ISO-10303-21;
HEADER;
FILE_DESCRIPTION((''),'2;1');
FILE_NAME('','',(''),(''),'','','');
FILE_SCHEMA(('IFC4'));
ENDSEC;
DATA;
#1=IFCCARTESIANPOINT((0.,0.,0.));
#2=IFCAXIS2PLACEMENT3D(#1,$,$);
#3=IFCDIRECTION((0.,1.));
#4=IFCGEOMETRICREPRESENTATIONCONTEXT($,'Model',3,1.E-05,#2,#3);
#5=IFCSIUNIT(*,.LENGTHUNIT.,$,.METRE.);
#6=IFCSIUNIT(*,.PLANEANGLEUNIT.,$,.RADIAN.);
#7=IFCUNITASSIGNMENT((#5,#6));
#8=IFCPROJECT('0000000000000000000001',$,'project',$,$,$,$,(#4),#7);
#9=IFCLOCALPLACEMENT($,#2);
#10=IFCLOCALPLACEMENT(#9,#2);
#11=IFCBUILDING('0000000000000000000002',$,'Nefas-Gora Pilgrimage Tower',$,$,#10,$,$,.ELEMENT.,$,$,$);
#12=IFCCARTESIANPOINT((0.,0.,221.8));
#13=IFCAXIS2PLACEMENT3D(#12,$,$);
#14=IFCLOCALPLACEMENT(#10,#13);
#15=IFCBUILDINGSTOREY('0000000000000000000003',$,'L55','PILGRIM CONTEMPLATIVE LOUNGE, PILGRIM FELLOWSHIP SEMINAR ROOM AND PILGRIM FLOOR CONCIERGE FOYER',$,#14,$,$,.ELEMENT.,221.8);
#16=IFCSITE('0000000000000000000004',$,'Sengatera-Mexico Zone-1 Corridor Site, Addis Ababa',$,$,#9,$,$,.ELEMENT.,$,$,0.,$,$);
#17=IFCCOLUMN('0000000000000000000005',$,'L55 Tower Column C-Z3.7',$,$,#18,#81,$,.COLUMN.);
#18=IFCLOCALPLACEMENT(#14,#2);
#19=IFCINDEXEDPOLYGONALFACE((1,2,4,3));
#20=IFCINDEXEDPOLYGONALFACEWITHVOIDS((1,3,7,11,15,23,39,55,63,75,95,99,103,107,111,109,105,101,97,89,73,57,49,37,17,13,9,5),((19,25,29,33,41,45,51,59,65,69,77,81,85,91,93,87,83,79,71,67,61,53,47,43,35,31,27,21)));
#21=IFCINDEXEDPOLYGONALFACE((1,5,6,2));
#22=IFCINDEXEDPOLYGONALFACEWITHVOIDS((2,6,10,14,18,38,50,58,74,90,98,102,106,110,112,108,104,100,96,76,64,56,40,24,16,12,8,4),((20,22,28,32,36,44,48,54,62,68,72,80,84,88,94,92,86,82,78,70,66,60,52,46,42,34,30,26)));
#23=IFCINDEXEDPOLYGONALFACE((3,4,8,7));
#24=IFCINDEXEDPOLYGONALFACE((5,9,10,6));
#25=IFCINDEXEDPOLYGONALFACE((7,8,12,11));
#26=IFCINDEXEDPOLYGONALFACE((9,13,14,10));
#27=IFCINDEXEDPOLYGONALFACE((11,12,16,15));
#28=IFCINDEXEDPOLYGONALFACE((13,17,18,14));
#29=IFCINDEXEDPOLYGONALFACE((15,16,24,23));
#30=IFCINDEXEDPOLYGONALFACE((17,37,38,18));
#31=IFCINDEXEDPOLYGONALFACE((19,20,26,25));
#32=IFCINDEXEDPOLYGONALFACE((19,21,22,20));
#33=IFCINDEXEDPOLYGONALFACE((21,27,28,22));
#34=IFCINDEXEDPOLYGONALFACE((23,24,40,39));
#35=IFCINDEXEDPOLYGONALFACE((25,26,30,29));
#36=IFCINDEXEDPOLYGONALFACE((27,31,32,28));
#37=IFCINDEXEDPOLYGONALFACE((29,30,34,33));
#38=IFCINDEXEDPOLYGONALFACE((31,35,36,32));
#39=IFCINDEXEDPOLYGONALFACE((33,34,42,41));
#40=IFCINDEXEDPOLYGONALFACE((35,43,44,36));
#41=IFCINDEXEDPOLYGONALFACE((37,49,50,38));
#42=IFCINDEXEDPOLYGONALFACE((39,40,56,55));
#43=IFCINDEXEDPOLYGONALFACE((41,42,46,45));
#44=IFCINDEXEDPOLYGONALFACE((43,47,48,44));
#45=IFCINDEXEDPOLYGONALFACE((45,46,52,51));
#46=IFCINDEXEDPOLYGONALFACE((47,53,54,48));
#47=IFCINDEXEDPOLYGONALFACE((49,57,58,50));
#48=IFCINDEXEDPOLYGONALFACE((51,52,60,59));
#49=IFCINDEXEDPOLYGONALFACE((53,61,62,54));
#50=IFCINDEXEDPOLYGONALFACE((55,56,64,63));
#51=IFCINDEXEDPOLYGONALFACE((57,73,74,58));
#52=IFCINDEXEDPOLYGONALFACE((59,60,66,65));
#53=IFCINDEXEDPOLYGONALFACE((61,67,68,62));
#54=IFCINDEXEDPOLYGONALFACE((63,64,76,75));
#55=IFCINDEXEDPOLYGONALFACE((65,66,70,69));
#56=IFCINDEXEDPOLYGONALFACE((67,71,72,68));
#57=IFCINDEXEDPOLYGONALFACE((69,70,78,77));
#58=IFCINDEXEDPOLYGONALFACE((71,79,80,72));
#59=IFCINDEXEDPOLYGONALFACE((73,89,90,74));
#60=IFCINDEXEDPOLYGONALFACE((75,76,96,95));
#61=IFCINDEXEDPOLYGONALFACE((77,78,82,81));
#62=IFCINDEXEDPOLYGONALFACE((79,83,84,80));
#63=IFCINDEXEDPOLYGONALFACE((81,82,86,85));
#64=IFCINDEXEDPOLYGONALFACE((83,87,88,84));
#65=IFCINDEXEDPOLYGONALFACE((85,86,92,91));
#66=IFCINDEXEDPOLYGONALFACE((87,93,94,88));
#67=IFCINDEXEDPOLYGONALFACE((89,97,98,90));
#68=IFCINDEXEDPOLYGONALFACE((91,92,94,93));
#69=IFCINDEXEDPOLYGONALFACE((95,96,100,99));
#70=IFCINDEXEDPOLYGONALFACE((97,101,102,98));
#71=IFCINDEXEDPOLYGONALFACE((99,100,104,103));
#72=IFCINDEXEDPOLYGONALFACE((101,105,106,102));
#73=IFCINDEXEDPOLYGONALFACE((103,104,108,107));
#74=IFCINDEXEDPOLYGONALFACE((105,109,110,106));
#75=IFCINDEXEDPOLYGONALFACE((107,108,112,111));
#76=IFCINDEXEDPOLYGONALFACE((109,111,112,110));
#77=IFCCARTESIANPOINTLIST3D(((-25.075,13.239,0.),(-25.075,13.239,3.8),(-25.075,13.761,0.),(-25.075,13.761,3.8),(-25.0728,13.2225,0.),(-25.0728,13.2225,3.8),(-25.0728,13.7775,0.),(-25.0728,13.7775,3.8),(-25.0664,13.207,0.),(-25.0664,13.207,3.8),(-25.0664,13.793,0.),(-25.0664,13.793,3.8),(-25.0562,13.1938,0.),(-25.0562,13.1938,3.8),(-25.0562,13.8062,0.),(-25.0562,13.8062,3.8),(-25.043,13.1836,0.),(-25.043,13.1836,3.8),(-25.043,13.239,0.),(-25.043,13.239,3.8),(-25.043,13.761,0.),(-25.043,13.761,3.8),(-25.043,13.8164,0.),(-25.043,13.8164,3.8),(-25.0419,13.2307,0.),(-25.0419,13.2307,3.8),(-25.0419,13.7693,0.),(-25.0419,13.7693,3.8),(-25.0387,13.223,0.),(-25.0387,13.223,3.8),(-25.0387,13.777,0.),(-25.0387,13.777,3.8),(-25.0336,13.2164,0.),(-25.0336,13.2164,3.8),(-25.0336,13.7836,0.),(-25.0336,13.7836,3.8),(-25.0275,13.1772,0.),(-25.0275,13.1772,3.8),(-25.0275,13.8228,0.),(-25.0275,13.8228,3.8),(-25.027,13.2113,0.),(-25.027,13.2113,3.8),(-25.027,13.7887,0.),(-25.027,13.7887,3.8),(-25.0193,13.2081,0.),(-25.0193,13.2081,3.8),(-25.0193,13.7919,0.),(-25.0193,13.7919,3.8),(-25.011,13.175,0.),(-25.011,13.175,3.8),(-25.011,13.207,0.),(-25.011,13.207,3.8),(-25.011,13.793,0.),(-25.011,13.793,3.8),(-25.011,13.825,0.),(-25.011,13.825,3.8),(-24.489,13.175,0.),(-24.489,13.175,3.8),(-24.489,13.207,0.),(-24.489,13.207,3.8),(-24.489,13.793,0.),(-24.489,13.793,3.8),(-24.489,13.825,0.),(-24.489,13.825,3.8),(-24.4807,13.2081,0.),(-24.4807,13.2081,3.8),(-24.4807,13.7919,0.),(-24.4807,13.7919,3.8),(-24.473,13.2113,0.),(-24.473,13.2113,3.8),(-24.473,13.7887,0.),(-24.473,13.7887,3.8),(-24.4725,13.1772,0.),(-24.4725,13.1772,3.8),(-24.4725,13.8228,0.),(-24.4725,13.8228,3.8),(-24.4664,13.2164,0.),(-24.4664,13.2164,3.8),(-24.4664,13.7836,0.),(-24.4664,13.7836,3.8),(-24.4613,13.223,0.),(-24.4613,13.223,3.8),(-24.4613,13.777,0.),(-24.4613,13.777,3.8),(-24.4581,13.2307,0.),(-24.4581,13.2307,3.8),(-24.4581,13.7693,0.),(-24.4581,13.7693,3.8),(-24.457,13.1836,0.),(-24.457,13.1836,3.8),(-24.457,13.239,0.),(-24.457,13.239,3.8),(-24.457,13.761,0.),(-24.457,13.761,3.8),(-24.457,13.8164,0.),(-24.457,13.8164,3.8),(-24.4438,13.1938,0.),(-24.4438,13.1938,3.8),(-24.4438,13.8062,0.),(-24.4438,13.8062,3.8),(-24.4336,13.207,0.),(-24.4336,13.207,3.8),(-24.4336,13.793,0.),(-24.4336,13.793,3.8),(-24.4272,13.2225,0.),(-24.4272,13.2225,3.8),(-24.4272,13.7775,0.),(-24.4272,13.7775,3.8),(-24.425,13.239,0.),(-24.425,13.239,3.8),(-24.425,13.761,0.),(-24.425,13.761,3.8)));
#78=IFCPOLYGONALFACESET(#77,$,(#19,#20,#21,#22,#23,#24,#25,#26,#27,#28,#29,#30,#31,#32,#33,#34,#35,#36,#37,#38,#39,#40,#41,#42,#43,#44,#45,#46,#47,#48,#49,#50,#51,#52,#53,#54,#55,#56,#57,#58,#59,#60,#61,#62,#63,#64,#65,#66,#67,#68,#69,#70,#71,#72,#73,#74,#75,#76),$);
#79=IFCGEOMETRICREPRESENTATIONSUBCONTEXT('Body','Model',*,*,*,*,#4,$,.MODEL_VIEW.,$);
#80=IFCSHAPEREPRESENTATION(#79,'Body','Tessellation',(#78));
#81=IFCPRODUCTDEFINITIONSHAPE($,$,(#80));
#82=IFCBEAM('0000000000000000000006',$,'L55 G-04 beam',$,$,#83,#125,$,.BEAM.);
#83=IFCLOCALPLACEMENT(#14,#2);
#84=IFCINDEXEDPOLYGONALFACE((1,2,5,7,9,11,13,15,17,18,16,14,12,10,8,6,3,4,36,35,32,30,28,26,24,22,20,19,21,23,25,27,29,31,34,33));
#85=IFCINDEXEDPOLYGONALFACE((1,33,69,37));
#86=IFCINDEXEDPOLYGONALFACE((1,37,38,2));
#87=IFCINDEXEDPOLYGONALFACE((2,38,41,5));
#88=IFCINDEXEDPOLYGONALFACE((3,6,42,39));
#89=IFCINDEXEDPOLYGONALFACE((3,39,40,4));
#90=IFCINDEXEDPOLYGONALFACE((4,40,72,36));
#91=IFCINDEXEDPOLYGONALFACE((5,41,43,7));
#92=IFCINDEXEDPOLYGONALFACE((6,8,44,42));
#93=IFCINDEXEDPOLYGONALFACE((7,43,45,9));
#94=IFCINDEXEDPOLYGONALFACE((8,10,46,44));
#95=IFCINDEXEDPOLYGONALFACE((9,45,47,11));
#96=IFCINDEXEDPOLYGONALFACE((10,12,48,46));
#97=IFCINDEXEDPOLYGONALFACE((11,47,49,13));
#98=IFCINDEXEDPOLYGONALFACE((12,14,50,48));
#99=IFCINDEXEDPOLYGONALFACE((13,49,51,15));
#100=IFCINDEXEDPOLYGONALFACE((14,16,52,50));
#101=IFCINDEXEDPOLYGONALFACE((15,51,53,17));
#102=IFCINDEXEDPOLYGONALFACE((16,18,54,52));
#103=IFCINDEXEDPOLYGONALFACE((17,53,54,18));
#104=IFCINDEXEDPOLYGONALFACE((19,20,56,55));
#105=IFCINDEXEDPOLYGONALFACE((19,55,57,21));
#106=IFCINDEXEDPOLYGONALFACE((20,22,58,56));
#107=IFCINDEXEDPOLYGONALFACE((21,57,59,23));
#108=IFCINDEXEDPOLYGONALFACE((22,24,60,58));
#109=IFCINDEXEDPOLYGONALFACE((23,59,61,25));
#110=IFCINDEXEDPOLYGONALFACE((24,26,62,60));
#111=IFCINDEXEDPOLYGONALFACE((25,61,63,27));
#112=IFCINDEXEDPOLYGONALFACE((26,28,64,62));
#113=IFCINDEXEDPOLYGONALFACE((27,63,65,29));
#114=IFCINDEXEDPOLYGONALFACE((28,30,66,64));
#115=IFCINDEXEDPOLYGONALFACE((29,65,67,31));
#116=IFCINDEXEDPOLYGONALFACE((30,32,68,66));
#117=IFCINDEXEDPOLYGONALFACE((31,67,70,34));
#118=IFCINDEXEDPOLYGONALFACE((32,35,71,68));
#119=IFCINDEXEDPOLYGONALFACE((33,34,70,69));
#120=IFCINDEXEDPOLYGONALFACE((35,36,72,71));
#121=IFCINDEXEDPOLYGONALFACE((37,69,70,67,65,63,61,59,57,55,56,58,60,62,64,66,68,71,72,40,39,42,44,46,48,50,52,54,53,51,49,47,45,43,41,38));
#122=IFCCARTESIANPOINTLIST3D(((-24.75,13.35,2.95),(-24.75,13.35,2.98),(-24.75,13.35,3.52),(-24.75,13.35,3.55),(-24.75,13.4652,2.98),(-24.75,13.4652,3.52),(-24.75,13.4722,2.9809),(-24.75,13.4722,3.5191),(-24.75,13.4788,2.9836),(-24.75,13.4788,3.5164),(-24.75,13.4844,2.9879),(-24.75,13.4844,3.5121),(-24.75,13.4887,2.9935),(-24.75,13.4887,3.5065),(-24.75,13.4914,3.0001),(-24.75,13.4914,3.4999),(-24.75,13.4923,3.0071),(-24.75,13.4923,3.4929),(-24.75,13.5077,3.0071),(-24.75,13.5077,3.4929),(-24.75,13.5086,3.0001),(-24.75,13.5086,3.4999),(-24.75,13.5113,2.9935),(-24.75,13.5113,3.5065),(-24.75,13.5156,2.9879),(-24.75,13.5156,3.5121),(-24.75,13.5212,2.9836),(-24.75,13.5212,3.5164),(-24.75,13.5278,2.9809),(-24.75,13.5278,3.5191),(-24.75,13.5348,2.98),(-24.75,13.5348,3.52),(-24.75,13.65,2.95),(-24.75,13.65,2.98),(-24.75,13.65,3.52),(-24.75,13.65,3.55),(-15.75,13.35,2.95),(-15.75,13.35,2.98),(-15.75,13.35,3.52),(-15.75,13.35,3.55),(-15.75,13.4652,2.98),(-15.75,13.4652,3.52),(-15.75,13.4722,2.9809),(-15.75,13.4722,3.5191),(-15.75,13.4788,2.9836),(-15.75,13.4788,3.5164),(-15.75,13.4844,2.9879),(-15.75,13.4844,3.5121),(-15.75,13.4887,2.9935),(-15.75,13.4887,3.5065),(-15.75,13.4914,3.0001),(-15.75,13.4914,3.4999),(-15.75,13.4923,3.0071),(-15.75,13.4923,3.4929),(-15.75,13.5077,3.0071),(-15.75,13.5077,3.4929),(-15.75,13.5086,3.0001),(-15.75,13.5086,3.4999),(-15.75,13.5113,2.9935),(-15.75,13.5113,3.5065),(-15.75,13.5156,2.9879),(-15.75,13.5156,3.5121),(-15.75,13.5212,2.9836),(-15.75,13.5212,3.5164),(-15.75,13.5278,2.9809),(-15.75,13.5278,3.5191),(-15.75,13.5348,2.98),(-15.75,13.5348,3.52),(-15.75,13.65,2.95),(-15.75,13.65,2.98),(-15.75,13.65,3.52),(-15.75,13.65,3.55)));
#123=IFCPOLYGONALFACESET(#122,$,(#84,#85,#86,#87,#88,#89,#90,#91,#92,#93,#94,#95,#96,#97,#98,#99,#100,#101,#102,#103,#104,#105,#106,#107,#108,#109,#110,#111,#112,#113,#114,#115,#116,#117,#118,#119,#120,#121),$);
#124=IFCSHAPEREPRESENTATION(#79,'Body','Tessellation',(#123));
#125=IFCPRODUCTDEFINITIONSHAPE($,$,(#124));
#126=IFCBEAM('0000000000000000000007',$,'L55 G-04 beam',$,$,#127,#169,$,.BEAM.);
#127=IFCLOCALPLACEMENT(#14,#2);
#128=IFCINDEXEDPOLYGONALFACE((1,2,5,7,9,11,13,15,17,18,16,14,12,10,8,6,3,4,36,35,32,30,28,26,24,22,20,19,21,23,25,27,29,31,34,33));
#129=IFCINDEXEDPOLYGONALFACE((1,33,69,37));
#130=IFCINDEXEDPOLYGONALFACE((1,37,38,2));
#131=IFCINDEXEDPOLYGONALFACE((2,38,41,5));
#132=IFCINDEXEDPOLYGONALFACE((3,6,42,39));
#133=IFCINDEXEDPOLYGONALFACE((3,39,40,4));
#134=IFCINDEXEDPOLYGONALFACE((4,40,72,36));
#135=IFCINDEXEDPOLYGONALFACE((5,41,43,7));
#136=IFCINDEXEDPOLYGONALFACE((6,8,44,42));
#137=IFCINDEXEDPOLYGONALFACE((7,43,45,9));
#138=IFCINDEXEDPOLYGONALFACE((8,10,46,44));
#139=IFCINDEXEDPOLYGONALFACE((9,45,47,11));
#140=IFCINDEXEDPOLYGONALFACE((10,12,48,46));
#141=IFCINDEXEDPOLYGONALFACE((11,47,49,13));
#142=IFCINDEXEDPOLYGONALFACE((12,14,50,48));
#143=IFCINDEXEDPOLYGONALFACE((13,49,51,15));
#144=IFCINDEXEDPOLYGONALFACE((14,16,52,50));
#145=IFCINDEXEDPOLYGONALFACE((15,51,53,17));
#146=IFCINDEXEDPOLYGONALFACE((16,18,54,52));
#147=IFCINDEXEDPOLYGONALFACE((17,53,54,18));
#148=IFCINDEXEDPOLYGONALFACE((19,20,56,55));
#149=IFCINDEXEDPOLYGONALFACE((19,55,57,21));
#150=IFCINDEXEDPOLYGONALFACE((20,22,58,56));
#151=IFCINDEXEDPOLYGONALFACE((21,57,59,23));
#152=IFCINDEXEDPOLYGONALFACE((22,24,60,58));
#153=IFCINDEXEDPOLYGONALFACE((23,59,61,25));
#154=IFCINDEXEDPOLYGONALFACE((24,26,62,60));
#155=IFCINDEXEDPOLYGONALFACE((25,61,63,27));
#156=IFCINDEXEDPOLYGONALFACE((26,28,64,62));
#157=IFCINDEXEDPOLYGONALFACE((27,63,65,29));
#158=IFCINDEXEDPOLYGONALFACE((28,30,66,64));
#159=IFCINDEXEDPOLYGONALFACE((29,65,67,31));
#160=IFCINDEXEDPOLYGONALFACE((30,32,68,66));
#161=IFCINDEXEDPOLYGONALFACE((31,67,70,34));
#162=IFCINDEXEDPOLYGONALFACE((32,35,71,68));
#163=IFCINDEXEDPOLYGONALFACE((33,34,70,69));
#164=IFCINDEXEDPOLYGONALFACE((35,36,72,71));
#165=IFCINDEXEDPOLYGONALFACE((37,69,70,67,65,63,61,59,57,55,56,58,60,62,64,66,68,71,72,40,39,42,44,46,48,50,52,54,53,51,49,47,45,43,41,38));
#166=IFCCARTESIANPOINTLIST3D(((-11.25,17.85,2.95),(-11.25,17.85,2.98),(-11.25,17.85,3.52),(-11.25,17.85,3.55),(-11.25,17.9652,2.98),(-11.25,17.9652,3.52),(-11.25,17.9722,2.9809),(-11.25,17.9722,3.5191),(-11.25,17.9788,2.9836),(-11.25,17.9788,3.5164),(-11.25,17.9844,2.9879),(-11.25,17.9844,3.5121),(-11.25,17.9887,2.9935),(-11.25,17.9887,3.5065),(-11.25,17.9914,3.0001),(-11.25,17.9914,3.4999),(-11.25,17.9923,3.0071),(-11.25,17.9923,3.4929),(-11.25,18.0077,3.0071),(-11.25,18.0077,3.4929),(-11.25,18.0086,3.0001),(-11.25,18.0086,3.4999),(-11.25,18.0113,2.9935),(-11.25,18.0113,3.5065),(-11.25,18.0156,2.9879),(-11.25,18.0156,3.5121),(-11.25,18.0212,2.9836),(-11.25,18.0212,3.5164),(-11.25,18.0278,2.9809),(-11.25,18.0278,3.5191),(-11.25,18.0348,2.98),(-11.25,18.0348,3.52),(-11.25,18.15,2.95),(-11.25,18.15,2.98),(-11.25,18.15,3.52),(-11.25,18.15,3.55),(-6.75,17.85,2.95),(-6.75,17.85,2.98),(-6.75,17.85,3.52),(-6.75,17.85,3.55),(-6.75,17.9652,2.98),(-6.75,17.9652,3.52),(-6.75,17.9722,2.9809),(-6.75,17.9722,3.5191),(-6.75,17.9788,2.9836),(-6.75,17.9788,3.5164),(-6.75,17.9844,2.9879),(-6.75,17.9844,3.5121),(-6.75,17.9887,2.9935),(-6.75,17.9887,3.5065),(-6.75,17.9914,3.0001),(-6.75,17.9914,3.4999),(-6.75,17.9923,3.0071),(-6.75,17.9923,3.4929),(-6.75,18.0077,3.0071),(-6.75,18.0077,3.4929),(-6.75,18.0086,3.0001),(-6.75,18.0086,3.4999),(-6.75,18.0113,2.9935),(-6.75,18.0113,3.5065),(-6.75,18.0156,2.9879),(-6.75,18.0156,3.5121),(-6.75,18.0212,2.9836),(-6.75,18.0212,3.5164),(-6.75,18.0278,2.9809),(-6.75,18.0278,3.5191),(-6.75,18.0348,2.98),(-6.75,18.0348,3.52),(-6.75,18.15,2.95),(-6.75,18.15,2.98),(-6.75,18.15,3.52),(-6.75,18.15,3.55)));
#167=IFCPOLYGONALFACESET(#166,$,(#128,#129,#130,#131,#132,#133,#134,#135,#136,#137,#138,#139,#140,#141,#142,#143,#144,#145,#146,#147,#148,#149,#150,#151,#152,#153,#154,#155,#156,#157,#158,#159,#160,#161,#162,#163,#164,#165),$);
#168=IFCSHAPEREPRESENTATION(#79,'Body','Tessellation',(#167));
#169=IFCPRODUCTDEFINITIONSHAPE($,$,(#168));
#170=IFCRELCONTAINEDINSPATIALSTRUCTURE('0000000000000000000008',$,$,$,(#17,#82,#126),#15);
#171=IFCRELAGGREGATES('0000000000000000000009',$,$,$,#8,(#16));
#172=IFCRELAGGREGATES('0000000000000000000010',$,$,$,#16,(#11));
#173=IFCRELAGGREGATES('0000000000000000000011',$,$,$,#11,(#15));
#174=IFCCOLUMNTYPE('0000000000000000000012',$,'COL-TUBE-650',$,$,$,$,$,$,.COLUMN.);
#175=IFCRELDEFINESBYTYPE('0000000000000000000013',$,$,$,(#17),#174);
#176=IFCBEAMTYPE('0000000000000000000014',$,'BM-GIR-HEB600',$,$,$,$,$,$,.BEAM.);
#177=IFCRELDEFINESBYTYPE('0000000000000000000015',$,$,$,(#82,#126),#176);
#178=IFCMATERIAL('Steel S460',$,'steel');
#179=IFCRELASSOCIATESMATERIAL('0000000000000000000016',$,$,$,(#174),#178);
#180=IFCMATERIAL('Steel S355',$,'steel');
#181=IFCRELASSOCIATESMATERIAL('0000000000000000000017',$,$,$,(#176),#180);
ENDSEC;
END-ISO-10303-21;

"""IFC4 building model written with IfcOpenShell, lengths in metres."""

from ifc_helpers import new_model, si_unit, direction, frame, origin, origin_2d, place, context, subcontext, project, spatial, hollow_rectangle, i_section, extrude, source, transform, mapped, material, material_profile, profile_set, type_object, element, save


model = new_model("IFC4")

# Units and contexts
model_context = context("Model", 3, precision=1e-05, world=origin(), true_north=direction((0.0, 1.0)))
body_context = subcontext(model_context, "Body", "Model", "MODEL_VIEW")
ifc_project = project(units=[si_unit("LENGTHUNIT", "METRE"), si_unit("PLANEANGLEUNIT", "RADIAN")], contexts=[model_context])

# Site, building, storey
site_placement = place(None, origin())
site = spatial("IfcSite", under=ifc_project, at=site_placement, Name="Sengatera-Mexico Zone-1 Corridor Site, Addis Ababa", CompositionType="ELEMENT", RefElevation=0.0)
building_placement = place(site_placement, origin())
building = spatial("IfcBuilding", under=site, at=building_placement, Name="Nefas-Gora Pilgrimage Tower", CompositionType="ELEMENT")
storey_placement = place(building_placement, frame((0.0, 0.0, 221.8)))
storey = spatial("IfcBuildingStorey", under=building, at=storey_placement, Name="L55", Description="PILGRIM CONTEMPLATIVE LOUNGE, PILGRIM FELLOWSHIP SEMINAR ROOM AND PILGRIM FLOOR CONCIERGE FOYER", CompositionType="ELEMENT", Elevation=221.8)

# Column
ifc_material_1 = material(Name="Steel S460", Category="steel")
ifc_material_profile_1 = material_profile(ifc_material_1, hollow_rectangle(XDim=0.6499, YDim=0.6499, WallThickness=0.032, InnerFilletRadius=0.032, OuterFilletRadius=0.064, at=origin_2d()), Name="BOX 650x650x32")
ifc_profile_set_1 = profile_set([ifc_material_profile_1], Name="Steel S460")
column_type_1 = type_object("IfcColumnType", Name="COL-TUBE-650", PredefinedType="COLUMN", material=ifc_profile_set_1)
shared_shape_1 = source(origin(), body_context, "Body", "SweptSolid", [
    extrude(hollow_rectangle(XDim=0.6499, YDim=0.6499, WallThickness=0.032, InnerFilletRadius=0.032, OuterFilletRadius=0.064, at=origin_2d()), origin(), (0.0, 0.0, 1.0), 3.8),
])
column_placement = place(storey_placement, frame((-24.75, 13.5, 0.0), z_axis=(0.0, 0.0, 1.0), x_axis=(1.0, 0.0, 0.0)))
element("IfcColumn", 1, at=column_placement, inside=storey, type_object=column_type_1, Name="L55 Tower Column C-Z3.7", PredefinedType="COLUMN", context=body_context, shape_type="MappedRepresentation", body=[
    mapped(shared_shape_1, transform((0.0, 0.0, 0.0), x_axis=(1.0, 0.0, 0.0), y_axis=(0.0, 1.0, 0.0), z_axis=(0.0, 0.0, 1.0), scale=1.0)),
])

# Beams
ifc_material_2 = material(Name="Steel S355", Category="steel")
ifc_material_profile_2 = material_profile(ifc_material_2, i_section(OverallWidth=0.3, OverallDepth=0.6001, WebThickness=0.0154, FlangeThickness=0.03, FilletRadius=0.0271, at=origin_2d()), Name="HEB 600")
ifc_profile_set_2 = profile_set([ifc_material_profile_2], Name="Steel S355")
beam_type = type_object("IfcBeamType", Name="BM-GIR-HEB600", PredefinedType="BEAM", material=ifc_profile_set_2)
shared_shape_2 = source(origin(), body_context, "Body", "SweptSolid", [
    extrude(i_section(OverallWidth=0.3, OverallDepth=0.6001, WebThickness=0.0154, FlangeThickness=0.03, FilletRadius=0.0271, at=origin_2d()), origin(), (0.0, 0.0, 1.0), 9.0),
])
beam_1_placement = place(storey_placement, frame((-24.75, 13.5, 3.25), z_axis=(1.0, 0.0, 0.0), x_axis=(0.0, 1.0, 0.0)))
element("IfcBeam", 2, at=beam_1_placement, inside=storey, type_object=beam_type, Name="L55 G-04 beam", PredefinedType="BEAM", context=body_context, shape_type="MappedRepresentation", body=[
    mapped(shared_shape_2, transform((0.0, 0.0, 0.0), x_axis=(1.0, 0.0, 0.0), y_axis=(0.0, 1.0, 0.0), z_axis=(0.0, 0.0, 1.0), scale=1.0)),
])
shared_shape_3 = source(origin(), body_context, "Body", "SweptSolid", [
    extrude(i_section(OverallWidth=0.3, OverallDepth=0.6001, WebThickness=0.0154, FlangeThickness=0.03, FilletRadius=0.0271, at=origin_2d()), origin(), (0.0, 0.0, 1.0), 4.5),
])
beam_2_placement = place(storey_placement, frame((-11.25, 18.0, 3.25), z_axis=(1.0, 0.0, 0.0), x_axis=(0.0, 1.0, 0.0)))
element("IfcBeam", 3, at=beam_2_placement, inside=storey, type_object=beam_type, Name="L55 G-04 beam", PredefinedType="BEAM", context=body_context, shape_type="MappedRepresentation", body=[
    mapped(shared_shape_3, transform((0.0, 0.0, 0.0), x_axis=(1.0, 0.0, 0.0), y_axis=(0.0, 1.0, 0.0), z_axis=(0.0, 0.0, 1.0), scale=1.0)),
])

save(model, "model.ifc")
